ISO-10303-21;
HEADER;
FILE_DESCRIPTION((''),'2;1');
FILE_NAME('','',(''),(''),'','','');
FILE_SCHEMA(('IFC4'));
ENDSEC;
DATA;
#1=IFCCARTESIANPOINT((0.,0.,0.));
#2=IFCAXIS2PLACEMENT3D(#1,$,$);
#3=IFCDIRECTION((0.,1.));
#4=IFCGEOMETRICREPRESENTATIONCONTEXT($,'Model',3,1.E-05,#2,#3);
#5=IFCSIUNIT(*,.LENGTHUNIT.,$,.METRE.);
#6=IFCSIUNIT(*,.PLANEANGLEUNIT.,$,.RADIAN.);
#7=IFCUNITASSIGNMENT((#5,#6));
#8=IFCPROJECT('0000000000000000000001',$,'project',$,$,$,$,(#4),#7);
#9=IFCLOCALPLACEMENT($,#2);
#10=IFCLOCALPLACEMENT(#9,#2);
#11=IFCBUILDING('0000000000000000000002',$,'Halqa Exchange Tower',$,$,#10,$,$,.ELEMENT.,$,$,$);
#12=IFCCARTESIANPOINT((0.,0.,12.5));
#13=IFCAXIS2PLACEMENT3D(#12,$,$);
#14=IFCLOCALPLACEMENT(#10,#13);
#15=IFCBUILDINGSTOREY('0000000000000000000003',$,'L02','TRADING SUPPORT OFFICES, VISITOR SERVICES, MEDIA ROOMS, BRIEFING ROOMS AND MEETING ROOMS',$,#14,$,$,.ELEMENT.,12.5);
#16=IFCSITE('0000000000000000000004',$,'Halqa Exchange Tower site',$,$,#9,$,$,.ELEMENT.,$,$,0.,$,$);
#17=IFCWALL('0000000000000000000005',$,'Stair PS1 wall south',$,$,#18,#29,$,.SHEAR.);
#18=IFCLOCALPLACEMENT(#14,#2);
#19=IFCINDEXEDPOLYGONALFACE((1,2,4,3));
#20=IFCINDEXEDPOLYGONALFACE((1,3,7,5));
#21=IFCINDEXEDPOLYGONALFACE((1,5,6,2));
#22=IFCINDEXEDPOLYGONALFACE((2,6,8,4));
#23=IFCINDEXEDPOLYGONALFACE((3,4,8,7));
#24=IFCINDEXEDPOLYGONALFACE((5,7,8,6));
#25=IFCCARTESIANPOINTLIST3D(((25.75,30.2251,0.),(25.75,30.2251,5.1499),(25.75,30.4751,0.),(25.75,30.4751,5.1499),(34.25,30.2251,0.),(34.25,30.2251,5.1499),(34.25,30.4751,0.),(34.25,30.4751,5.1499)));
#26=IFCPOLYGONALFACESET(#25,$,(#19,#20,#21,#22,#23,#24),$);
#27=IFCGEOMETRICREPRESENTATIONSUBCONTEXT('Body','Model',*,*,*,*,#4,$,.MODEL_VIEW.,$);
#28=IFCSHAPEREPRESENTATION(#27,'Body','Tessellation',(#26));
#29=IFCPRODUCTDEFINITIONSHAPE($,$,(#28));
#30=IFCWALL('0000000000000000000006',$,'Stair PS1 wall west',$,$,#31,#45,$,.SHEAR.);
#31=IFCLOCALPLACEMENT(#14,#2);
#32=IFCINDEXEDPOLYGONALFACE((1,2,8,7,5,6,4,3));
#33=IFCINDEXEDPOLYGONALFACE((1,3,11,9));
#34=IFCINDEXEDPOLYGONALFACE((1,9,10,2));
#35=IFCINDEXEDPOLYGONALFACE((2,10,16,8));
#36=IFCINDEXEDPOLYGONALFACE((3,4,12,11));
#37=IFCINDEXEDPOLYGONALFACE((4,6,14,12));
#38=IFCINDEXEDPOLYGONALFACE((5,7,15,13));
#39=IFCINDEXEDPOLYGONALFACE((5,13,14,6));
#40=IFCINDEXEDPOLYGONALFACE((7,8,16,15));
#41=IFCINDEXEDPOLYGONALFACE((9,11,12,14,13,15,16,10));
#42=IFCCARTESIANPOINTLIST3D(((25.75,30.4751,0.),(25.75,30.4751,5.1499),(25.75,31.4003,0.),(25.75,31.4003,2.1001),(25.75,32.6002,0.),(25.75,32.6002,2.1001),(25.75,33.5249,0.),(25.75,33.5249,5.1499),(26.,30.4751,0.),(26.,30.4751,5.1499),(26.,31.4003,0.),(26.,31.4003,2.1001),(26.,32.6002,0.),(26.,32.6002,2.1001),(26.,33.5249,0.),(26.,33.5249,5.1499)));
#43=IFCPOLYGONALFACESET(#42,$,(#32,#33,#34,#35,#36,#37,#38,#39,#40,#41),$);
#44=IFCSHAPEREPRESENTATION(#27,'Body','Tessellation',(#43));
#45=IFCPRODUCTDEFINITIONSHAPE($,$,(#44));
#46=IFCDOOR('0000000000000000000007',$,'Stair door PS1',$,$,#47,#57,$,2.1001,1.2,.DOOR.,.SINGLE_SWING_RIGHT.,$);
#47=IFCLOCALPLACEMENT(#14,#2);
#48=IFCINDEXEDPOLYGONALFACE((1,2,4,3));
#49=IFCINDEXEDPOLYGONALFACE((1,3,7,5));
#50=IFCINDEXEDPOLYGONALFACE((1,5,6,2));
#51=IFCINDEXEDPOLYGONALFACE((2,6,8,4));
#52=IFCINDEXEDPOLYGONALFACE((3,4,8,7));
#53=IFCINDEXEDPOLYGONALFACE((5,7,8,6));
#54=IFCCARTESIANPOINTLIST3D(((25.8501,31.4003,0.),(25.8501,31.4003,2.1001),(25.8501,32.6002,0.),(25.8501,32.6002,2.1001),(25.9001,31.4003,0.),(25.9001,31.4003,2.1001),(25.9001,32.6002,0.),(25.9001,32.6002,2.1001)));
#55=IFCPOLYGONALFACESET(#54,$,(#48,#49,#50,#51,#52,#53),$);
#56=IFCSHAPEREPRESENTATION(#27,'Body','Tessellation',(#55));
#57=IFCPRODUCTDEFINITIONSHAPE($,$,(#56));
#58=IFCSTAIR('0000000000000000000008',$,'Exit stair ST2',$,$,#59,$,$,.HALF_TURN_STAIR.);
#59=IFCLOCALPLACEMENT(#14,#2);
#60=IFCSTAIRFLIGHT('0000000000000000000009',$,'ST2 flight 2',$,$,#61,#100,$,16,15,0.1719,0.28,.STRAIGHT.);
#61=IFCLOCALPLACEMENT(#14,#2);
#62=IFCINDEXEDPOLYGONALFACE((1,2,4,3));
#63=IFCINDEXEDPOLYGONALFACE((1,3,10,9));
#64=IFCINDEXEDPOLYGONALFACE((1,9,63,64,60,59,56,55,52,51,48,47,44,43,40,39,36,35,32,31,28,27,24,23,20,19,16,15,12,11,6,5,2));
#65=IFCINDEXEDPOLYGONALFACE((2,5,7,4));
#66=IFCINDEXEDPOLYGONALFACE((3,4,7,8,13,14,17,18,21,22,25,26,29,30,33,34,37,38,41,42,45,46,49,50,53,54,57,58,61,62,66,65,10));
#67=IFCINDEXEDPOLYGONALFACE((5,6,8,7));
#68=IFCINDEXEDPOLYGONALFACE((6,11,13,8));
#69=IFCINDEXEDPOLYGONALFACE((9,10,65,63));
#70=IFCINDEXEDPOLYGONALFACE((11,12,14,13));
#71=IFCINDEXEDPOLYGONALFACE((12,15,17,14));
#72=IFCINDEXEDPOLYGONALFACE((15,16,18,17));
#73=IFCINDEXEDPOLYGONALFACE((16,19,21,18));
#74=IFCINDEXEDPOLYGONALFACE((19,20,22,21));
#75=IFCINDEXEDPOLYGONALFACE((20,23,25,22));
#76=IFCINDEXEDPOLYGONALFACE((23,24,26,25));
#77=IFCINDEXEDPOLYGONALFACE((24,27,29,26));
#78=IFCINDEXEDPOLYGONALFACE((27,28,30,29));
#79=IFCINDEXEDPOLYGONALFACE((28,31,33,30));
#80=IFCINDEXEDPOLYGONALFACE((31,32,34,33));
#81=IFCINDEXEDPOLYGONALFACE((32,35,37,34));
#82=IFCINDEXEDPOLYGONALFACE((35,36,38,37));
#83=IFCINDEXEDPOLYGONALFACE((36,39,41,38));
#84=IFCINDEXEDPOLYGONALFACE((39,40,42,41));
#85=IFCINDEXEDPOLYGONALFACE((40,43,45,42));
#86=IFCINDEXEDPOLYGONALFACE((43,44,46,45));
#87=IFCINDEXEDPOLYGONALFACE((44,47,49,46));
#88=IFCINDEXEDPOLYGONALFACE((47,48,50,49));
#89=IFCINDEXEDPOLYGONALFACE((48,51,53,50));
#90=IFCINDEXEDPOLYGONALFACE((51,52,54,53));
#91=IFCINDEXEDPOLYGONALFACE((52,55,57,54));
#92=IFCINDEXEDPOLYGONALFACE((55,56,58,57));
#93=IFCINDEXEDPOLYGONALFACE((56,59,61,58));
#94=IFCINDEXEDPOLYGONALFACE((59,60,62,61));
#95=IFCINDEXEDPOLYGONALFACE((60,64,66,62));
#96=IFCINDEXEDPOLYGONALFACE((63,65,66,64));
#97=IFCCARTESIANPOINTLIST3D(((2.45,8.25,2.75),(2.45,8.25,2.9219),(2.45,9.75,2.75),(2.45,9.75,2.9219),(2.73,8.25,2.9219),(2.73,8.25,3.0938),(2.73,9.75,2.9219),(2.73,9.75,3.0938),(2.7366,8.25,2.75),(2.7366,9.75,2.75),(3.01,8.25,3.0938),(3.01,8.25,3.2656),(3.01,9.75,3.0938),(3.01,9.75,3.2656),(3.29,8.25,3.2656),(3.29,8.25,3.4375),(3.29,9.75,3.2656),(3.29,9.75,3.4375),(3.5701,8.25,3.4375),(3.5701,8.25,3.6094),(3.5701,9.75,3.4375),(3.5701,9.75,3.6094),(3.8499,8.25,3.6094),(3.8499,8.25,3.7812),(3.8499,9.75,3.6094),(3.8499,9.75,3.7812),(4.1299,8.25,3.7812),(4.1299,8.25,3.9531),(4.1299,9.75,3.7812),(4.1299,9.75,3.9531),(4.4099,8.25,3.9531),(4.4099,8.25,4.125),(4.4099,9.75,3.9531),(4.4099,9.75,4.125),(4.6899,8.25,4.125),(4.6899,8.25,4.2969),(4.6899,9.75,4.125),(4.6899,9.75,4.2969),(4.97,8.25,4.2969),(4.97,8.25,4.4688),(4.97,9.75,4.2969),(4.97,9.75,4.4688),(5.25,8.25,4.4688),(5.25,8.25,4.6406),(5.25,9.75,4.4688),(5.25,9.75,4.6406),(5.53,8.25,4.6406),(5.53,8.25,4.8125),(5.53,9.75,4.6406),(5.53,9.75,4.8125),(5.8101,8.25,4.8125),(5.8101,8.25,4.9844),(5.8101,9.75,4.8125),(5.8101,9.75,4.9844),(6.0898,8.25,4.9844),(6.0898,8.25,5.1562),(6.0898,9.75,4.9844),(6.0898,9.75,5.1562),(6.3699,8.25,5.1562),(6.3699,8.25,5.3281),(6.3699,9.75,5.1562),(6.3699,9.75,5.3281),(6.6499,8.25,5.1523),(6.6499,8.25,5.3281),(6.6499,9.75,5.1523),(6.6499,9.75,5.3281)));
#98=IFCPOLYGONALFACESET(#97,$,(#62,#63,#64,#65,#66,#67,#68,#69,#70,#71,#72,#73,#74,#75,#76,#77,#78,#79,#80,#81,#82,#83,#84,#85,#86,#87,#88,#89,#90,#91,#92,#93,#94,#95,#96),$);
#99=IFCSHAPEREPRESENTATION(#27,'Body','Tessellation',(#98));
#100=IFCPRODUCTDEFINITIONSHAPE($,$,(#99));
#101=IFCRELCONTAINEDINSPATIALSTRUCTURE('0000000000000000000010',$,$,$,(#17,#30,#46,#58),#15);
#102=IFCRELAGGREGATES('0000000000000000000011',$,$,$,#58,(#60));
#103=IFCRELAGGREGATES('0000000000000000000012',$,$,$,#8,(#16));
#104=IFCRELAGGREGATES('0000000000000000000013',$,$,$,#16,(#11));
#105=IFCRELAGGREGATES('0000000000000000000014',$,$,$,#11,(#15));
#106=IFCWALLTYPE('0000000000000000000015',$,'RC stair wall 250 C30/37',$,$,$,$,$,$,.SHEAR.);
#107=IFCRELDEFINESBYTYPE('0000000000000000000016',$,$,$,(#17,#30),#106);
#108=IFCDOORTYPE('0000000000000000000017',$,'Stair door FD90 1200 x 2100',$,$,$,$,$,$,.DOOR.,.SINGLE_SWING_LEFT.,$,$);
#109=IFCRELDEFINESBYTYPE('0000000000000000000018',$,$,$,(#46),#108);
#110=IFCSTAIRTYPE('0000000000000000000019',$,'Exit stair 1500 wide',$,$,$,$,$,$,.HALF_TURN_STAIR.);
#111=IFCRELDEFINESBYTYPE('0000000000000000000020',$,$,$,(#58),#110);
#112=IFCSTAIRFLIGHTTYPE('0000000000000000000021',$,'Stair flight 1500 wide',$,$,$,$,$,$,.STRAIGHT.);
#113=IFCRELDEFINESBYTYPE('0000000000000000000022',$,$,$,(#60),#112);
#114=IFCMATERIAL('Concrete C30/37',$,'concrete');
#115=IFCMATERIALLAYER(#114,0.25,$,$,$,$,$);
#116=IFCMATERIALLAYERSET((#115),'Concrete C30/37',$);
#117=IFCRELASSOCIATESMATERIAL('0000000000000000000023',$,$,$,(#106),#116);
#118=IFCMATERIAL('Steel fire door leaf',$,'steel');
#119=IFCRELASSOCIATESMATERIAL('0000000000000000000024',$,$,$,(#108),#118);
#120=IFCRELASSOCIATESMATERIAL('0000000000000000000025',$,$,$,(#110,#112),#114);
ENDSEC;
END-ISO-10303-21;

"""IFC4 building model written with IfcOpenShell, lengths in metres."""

from ifc_helpers import new_model, si_unit, direction, frame, frame_2d, origin, place, context, subcontext, project, spatial, polyline, rectangle, outline, extrude, material, layer, layer_set, type_object, element, fill, aggregate, save


model = new_model("IFC4")

# Units and contexts
model_context = context("Model", 3, precision=1e-05, world=origin(), true_north=direction((0.0, 1.0)))
body_context = subcontext(model_context, "Body", "Model", "MODEL_VIEW")
ifc_project = project(units=[si_unit("LENGTHUNIT", "METRE"), si_unit("PLANEANGLEUNIT", "RADIAN")], contexts=[model_context])

# Site, building, storey
site_placement = place(None, origin())
site = spatial("IfcSite", under=ifc_project, at=site_placement, Name="Halqa Exchange Tower site", CompositionType="ELEMENT", RefElevation=0.0)
building_placement = place(site_placement, origin())
building = spatial("IfcBuilding", under=site, at=building_placement, Name="Halqa Exchange Tower", CompositionType="ELEMENT")
storey_placement = place(building_placement, frame((0.0, 0.0, 12.5)))
storey = spatial("IfcBuildingStorey", under=building, at=storey_placement, Name="L02", Description="TRADING SUPPORT OFFICES, VISITOR SERVICES, MEDIA ROOMS, BRIEFING ROOMS AND MEETING ROOMS", CompositionType="ELEMENT", Elevation=12.5)

# Shared definitions
ifc_material_1 = material(Name="Steel fire door leaf", Category="steel")

# Wall
ifc_material_2 = material(Name="Concrete C30/37", Category="concrete")
ifc_layer_1 = layer(ifc_material_2, 0.25)
ifc_layer_set_1 = layer_set([ifc_layer_1], Name="Concrete C30/37")
wall_type_1 = type_object("IfcWallType", Name="RC stair wall 250 C30/37", PredefinedType="SHEAR", material=ifc_layer_set_1)
wall_1_placement = place(storey_placement, frame((25.75, 30.3501, 0.0), z_axis=(0.0, 0.0, 1.0), x_axis=(1.0, 0.0, 0.0)))
element("IfcWall", 1, at=wall_1_placement, inside=storey, type_object=wall_type_1, Name="Stair PS1 wall south", PredefinedType="SHEAR", context=body_context, shape_type="SweptSolid", body=[
    extrude(rectangle(XDim=8.5, YDim=0.25, at=frame_2d((4.25, 0.0))), origin(), (0.0, 0.0, 1.0), 5.1499),
])

# Wall, opening, door
wall_2_placement = place(storey_placement, frame((25.875, 30.4751, 0.0), z_axis=(0.0, 0.0, 1.0), x_axis=(0.0, 1.0, 0.0)))
wall_2 = element("IfcWall", 2, at=wall_2_placement, inside=storey, type_object=wall_type_1, Name="Stair PS1 wall west", PredefinedType="SHEAR", context=body_context, shape_type="SweptSolid", body=[
    extrude(rectangle(XDim=3.0498, YDim=0.25, at=frame_2d((1.5249, 0.0))), origin(), (0.0, 0.0, 1.0), 5.1499),
])
opening_1_placement = place(wall_2_placement, frame((0.925, 0.0, 0.0)))
opening_1 = element("IfcOpeningElement", 3, at=opening_1_placement, cuts=wall_2, PredefinedType="OPENING", context=body_context, shape_type="SweptSolid", body=[
    extrude(rectangle(XDim=1.2, YDim=2.1001, at=frame_2d((0.6001, 1.05))), frame((0.0, 0.137, 0.0), z_axis=(0.0, -1.0, 0.0), x_axis=(1.0, 0.0, 0.0)), (0.0, 0.0, 1.0), 0.2739),
])
door_type_1 = type_object("IfcDoorType", Name="Stair door FD90 1200 x 2100", OperationType="SINGLE_SWING_LEFT", PredefinedType="DOOR", material=ifc_material_1)
door_1_placement = place(opening_1_placement, origin())
door_1 = element("IfcDoor", 4, at=door_1_placement, inside=storey, type_object=door_type_1, Name="Stair door PS1", OperationType="SINGLE_SWING_RIGHT", OverallHeight=2.1001, OverallWidth=1.2, PredefinedType="DOOR", context=body_context, shape_type="SweptSolid", body=[
    extrude(rectangle(XDim=1.2, YDim=2.1001, at=frame_2d((0.6001, 1.05))), frame((0.0, 0.0249, 0.0), z_axis=(0.0, -1.0, 0.0), x_axis=(1.0, 0.0, 0.0)), (0.0, 0.0, 1.0), 0.05),
])
fill(opening_1, door_1)

# Stair, stair flight
stair_type = type_object("IfcStairType", Name="Exit stair 1500 wide", PredefinedType="HALF_TURN_STAIR", material=ifc_material_2)
stair_placement = place(storey_placement, origin())
stair = element("IfcStair", 5, at=stair_placement, inside=storey, type_object=stair_type, Name="Exit stair ST2", PredefinedType="HALF_TURN_STAIR")
stair_flight_type = type_object("IfcStairFlightType", Name="Stair flight 1500 wide", PredefinedType="STRAIGHT", material=ifc_material_2)
stair_flight_placement = place(storey_placement, frame((2.45, 9.0, 2.75), z_axis=(0.0, 0.0, 1.0), x_axis=(1.0, 0.0, 0.0)))
stair_flight = element("IfcStairFlight", 6, at=stair_flight_placement, type_object=stair_flight_type, Name="ST2 flight 2", NumberOfRisers=16, NumberOfTreads=15, PredefinedType="STRAIGHT", RiserHeight=0.1719, TreadLength=0.28, context=body_context, shape_type="SweptSolid", body=[
    extrude(outline(polyline([(0.0, 0.0), (0.0, 0.1719), (0.28, 0.1719), (0.28, 0.3438), (0.5601, 0.3438), (0.5601, 0.5156), (0.8401, 0.5156), (0.8401, 0.6875), (1.1201, 0.6875), (1.1201, 0.8594), (1.3999, 0.8594), (1.3999, 1.0312), (1.6799, 1.0312), (1.6799, 1.2031), (1.96, 1.2031), (1.96, 1.375), (2.24, 1.375), (2.24, 1.5469), (2.52, 1.5469), (2.52, 1.7188), (2.8, 1.7188), (2.8, 1.8906), (3.0801, 1.8906), (3.0801, 2.0625), (3.3601, 2.0625), (3.3601, 2.2344), (3.6399, 2.2344), (3.6399, 2.4062), (3.9199, 2.4062), (3.9199, 2.5781), (4.2, 2.5781), (4.2, 2.75), (4.2, 2.4023), (0.2866, 0.0), (0.0, 0.0)])), frame((0.0, 0.75, 0.0), z_axis=(0.0, -1.0, 0.0), x_axis=(1.0, 0.0, 0.0)), (0.0, 0.0, 1.0), 1.5),
])
aggregate(stair, [stair_flight])

save(model, "model.ifc")
